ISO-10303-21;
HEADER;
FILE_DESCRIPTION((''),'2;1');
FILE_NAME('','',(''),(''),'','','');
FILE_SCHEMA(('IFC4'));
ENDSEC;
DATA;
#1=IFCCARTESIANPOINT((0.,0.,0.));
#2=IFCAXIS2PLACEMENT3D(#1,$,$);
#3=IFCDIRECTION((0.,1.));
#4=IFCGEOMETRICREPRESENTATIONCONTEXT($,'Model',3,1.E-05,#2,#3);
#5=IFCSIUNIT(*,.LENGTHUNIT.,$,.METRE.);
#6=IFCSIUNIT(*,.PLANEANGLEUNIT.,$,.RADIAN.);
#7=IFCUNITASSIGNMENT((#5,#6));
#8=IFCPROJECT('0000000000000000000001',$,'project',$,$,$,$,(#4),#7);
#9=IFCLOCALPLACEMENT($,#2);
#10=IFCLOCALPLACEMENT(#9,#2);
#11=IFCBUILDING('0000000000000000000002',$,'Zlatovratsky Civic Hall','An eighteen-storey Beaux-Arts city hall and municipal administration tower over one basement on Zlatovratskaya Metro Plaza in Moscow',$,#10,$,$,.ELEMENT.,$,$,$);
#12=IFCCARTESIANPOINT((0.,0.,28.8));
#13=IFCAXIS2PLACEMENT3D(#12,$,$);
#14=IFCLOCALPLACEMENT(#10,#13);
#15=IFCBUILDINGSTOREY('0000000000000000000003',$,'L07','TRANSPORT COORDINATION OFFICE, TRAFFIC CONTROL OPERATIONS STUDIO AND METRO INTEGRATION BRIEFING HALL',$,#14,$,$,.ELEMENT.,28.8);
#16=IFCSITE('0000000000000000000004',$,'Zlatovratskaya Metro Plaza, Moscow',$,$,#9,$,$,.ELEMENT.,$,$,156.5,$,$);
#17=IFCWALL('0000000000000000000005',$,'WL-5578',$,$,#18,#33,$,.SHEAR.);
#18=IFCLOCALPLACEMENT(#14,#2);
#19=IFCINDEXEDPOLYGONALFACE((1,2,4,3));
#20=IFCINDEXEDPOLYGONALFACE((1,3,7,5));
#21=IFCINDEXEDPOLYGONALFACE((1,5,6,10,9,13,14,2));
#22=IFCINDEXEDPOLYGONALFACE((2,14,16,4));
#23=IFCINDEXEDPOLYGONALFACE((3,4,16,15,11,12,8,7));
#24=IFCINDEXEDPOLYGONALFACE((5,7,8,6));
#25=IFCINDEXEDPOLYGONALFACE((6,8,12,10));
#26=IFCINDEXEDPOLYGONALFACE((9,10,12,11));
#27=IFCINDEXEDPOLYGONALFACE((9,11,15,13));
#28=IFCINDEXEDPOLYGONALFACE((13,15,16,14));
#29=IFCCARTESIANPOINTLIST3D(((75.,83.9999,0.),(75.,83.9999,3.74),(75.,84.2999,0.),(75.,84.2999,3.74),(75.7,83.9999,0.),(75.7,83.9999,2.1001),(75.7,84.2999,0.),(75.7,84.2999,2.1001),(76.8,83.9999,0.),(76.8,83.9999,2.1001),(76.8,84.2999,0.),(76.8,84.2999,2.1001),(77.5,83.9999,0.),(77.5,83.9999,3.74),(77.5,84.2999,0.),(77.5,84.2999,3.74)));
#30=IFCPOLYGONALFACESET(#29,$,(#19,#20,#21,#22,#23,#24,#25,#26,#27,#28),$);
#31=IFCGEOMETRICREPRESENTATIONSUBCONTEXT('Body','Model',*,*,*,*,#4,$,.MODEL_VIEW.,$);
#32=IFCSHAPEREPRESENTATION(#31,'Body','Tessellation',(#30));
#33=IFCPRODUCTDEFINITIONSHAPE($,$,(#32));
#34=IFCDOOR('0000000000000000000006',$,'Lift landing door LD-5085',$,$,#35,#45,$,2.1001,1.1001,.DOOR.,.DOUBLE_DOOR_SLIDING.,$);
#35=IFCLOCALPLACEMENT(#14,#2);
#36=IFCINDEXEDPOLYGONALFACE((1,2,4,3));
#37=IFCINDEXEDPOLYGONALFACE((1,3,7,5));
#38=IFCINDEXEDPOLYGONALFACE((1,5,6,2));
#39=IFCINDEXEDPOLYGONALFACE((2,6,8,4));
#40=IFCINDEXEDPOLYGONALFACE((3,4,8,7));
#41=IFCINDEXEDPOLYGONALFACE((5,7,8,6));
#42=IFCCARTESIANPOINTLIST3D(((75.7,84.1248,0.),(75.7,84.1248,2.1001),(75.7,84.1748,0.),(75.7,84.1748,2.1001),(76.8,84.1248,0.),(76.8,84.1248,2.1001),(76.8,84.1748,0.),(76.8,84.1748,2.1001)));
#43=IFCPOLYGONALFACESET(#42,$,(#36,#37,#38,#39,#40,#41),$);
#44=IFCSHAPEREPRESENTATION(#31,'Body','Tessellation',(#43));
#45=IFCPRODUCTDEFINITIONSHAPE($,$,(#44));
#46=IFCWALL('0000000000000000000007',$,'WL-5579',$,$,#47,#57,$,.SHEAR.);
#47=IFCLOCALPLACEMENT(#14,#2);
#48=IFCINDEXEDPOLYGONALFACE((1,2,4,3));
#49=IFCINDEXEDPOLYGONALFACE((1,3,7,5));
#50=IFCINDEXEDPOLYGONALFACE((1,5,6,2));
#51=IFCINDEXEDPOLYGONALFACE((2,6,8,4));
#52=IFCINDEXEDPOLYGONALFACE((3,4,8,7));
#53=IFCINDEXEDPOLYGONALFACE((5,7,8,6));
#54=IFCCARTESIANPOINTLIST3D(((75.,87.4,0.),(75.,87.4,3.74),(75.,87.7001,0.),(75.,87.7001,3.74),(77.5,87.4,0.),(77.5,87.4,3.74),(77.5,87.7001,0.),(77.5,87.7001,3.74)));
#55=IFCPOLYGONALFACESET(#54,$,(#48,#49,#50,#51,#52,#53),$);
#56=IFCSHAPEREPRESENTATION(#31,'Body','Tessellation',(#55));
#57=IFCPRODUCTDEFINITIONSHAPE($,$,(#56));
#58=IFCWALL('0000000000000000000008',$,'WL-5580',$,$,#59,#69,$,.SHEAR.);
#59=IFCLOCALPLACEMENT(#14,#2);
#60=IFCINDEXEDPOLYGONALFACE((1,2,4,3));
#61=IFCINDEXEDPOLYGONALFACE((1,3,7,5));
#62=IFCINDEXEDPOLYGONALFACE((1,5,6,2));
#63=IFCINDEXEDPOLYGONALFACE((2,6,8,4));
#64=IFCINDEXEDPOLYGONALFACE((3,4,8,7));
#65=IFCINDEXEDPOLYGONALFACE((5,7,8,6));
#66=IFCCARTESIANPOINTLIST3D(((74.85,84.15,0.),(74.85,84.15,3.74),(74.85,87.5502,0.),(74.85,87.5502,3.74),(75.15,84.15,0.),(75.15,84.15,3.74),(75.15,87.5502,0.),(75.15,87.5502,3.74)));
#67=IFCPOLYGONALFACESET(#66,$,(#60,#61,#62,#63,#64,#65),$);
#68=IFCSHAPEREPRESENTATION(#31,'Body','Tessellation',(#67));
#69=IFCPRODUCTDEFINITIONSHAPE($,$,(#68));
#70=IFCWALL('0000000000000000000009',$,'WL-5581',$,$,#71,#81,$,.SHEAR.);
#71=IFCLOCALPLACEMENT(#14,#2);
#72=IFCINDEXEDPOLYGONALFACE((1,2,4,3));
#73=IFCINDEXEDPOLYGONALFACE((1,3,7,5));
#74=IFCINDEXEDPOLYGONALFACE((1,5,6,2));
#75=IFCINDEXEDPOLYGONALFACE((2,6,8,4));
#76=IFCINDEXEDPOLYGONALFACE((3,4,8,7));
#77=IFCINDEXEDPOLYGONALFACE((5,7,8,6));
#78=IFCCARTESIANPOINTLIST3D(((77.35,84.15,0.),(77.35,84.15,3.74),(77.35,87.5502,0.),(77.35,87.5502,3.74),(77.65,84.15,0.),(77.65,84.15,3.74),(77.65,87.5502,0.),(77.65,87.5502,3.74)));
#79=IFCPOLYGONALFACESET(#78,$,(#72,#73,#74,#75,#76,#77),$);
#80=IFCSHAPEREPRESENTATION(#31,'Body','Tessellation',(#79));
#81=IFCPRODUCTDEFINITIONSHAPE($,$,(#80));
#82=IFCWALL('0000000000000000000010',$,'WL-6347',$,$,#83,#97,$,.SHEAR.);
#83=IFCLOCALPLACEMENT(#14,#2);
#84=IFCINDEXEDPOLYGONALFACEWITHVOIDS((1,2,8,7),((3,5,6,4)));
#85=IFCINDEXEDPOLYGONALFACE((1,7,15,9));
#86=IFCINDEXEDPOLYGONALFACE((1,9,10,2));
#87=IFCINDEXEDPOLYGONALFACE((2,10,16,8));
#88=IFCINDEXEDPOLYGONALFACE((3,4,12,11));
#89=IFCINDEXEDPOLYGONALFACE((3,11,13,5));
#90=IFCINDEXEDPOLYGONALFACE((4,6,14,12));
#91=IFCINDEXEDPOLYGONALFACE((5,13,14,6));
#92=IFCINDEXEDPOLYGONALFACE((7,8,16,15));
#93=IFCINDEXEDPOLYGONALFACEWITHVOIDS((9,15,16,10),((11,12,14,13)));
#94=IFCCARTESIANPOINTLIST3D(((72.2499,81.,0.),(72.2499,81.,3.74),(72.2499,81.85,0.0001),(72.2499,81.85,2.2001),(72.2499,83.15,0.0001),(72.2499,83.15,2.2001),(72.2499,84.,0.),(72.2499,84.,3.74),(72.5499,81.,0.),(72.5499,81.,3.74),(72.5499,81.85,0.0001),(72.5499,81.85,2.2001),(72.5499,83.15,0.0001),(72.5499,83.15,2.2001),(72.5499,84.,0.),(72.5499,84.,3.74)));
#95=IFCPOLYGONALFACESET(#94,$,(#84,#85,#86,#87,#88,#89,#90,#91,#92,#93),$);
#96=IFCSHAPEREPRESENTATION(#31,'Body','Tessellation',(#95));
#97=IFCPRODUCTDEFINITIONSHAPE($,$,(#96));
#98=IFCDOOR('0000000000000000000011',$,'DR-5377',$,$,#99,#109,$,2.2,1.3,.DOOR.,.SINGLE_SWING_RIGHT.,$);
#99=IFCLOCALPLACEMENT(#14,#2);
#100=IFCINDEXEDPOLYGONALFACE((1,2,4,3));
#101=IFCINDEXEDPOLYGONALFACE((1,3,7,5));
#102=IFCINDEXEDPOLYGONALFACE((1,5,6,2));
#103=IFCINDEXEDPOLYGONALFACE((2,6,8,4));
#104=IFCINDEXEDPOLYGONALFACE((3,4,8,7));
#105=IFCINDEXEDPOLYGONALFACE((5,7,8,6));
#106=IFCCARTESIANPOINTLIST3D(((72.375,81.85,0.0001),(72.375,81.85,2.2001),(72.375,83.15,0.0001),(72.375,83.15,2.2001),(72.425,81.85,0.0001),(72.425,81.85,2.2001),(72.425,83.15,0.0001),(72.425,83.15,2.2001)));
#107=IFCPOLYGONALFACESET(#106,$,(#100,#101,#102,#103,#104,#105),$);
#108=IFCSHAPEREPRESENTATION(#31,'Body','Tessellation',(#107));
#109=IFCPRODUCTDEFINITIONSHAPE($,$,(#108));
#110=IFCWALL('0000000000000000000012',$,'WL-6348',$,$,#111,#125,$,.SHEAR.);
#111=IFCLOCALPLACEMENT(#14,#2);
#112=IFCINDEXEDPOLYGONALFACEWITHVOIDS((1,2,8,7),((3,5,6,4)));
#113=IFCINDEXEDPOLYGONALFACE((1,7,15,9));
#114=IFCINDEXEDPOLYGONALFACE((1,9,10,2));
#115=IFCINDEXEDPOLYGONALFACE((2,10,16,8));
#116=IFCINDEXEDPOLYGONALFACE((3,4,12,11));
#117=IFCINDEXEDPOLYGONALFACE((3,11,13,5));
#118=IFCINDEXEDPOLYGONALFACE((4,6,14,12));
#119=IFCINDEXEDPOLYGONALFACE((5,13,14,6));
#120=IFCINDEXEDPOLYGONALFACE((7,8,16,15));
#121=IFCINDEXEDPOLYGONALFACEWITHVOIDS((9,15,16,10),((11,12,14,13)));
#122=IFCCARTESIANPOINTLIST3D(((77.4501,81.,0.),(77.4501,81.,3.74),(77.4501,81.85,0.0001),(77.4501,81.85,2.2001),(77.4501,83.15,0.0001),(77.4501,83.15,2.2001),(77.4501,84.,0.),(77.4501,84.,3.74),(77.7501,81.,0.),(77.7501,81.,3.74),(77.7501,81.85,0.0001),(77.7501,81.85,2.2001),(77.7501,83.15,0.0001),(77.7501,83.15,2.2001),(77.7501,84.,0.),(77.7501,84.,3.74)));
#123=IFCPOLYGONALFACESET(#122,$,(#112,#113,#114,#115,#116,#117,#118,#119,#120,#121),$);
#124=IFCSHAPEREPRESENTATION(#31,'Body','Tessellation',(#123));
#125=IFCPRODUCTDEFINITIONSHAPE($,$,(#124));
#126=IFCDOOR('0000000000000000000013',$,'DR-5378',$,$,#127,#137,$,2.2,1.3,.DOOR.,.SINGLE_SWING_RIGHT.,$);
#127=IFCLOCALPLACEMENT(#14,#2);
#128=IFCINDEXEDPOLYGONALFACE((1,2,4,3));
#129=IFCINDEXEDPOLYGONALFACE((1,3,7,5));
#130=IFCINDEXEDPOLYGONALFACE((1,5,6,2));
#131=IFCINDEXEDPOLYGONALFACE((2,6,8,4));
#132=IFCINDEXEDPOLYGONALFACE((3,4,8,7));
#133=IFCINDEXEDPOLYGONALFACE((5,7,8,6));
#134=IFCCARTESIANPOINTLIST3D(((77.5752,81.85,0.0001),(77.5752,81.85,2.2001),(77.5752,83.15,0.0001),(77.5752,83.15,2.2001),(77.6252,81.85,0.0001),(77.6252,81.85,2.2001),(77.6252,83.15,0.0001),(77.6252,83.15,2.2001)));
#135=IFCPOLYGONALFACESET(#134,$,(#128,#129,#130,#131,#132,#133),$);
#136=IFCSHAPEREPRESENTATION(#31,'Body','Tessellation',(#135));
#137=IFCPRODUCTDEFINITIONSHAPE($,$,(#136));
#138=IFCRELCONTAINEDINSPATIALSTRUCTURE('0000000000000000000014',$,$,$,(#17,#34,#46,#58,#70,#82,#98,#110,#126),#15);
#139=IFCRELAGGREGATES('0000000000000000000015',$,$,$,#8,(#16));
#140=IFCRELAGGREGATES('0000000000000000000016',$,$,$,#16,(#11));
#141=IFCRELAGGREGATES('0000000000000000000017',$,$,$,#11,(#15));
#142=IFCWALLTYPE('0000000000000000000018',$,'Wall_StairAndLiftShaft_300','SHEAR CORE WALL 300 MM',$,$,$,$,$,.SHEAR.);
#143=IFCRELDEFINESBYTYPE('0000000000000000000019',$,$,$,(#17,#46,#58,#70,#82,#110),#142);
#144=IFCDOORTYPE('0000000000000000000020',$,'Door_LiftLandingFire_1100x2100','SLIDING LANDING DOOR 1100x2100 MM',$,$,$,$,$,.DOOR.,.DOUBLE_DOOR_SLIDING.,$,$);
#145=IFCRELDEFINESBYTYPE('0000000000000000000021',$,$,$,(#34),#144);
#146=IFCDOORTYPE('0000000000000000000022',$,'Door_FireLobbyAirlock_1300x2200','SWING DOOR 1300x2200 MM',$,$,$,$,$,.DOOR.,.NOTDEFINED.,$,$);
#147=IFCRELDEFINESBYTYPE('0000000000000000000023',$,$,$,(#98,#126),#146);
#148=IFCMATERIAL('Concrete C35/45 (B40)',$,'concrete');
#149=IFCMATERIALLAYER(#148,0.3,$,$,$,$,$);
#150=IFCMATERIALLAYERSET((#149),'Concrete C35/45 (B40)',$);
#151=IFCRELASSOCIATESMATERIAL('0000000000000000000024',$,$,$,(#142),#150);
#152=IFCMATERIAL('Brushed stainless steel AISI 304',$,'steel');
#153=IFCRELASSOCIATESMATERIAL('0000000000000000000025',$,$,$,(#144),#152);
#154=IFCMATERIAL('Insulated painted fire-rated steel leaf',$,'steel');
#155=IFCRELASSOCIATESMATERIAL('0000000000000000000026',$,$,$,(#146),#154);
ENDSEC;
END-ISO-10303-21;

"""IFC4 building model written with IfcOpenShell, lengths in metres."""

from ifc_helpers import new_model, si_unit, direction, frame, frame_2d, origin, place, context, subcontext, project, spatial, rectangle, extrude, material, layer, layer_set, type_object, element, fill, save


model = new_model("IFC4")

# Units and contexts
model_context = context("Model", 3, precision=1e-05, world=origin(), true_north=direction((0.0, 1.0)))
body_context = subcontext(model_context, "Body", "Model", "MODEL_VIEW")
ifc_project = project(units=[si_unit("LENGTHUNIT", "METRE"), si_unit("PLANEANGLEUNIT", "RADIAN")], contexts=[model_context])

# Site, building, storey
site_placement = place(None, origin())
site = spatial("IfcSite", under=ifc_project, at=site_placement, Name="Zlatovratskaya Metro Plaza, Moscow", CompositionType="ELEMENT", RefElevation=156.5)
building_placement = place(site_placement, origin())
building = spatial("IfcBuilding", under=site, at=building_placement, Name="Zlatovratsky Civic Hall", Description="An eighteen-storey Beaux-Arts city hall and municipal administration tower over one basement on Zlatovratskaya Metro Plaza in Moscow", CompositionType="ELEMENT")
storey_placement = place(building_placement, frame((0.0, 0.0, 28.8)))
storey = spatial("IfcBuildingStorey", under=building, at=storey_placement, Name="L07", Description="TRANSPORT COORDINATION OFFICE, TRAFFIC CONTROL OPERATIONS STUDIO AND METRO INTEGRATION BRIEFING HALL", CompositionType="ELEMENT", Elevation=28.8)

# Shared definitions
ifc_material_1 = material(Name="Concrete C35/45 (B40)", Category="concrete")

# Shared definitions
ifc_layer_1 = layer(ifc_material_1, 0.3)
ifc_layer_set_1 = layer_set([ifc_layer_1], Name="Concrete C35/45 (B40)")
wall_type_1 = type_object("IfcWallType", Name="Wall_StairAndLiftShaft_300", Description="SHEAR CORE WALL 300 MM", PredefinedType="SHEAR", material=ifc_layer_set_1)

# Shared definitions
ifc_material_2 = material(Name="Brushed stainless steel AISI 304", Category="steel")
door_type_1 = type_object("IfcDoorType", Name="Door_LiftLandingFire_1100x2100", Description="SLIDING LANDING DOOR 1100x2100 MM", OperationType="DOUBLE_DOOR_SLIDING", PredefinedType="DOOR", material=ifc_material_2)

# Wall, opening, door
wall_1_placement = place(storey_placement, frame((75.0, 84.1499, 0.0), z_axis=(0.0, 0.0, 1.0), x_axis=(1.0, 0.0, 0.0)))
wall_1 = element("IfcWall", 1, at=wall_1_placement, inside=storey, type_object=wall_type_1, Name="WL-5578", PredefinedType="SHEAR", context=body_context, shape_type="SweptSolid", body=[
    extrude(rectangle(XDim=2.5, YDim=0.3, at=frame_2d((1.25, 0.0))), origin(), (0.0, 0.0, 1.0), 3.74),
])
opening_1_placement = place(wall_1_placement, frame((0.7, 0.0, 0.0)))
opening_1 = element("IfcOpeningElement", 2, at=opening_1_placement, cuts=wall_1, PredefinedType="OPENING", context=body_context, shape_type="SweptSolid", body=[
    extrude(rectangle(XDim=1.1001, YDim=2.1001, at=frame_2d((0.55, 1.05))), frame((0.0, 0.165, 0.0), z_axis=(0.0, -1.0, 0.0), x_axis=(1.0, 0.0, 0.0)), (0.0, 0.0, 1.0), 0.3298),
])
door_1_placement = place(opening_1_placement, origin())
door_1 = element("IfcDoor", 3, at=door_1_placement, inside=storey, type_object=door_type_1, Name="Lift landing door LD-5085", OperationType="DOUBLE_DOOR_SLIDING", OverallHeight=2.1001, OverallWidth=1.1001, PredefinedType="DOOR", context=body_context, shape_type="SweptSolid", body=[
    extrude(rectangle(XDim=1.1001, YDim=2.1001, at=frame_2d((0.55, 1.05))), frame((0.0, 0.0249, 0.0), z_axis=(0.0, -1.0, 0.0), x_axis=(1.0, 0.0, 0.0)), (0.0, 0.0, 1.0), 0.05),
])
fill(opening_1, door_1)

# Walls
wall_2_placement = place(storey_placement, frame((75.0, 87.55, 0.0), z_axis=(0.0, 0.0, 1.0), x_axis=(1.0, 0.0, 0.0)))
element("IfcWall", 4, at=wall_2_placement, inside=storey, type_object=wall_type_1, Name="WL-5579", PredefinedType="SHEAR", context=body_context, shape_type="SweptSolid", body=[
    extrude(rectangle(XDim=2.5, YDim=0.3, at=frame_2d((1.25, 0.0))), origin(), (0.0, 0.0, 1.0), 3.74),
])
for number, where, z_axis, x_axis, name in (
    (5, (75.0, 84.1499, 0.0), (0.0, 0.0, 1.0), (0.0, 1.0, 0.0), "WL-5580"),
    (6, (77.5, 84.1499, 0.0), (0.0, 0.0, 1.0), (0.0, 1.0, 0.0), "WL-5581"),
):
    element("IfcWall", number, at=place(storey_placement, frame(where, z_axis=z_axis, x_axis=x_axis)), inside=storey, type_object=wall_type_1, Name=name, PredefinedType="SHEAR", context=body_context, shape_type="SweptSolid", body=[
        extrude(rectangle(XDim=3.4001, YDim=0.3, at=frame_2d((1.7002, 0.0))), origin(), (0.0, 0.0, 1.0), 3.74),
    ])

# Walls, openings, doors
wall_3_placement = place(storey_placement, frame((72.3999, 81.0, 0.0), z_axis=(0.0, 0.0, 1.0), x_axis=(0.0, 1.0, 0.0)))
wall_3 = element("IfcWall", 7, at=wall_3_placement, inside=storey, type_object=wall_type_1, Name="WL-6347", PredefinedType="SHEAR", context=body_context, shape_type="SweptSolid", body=[
    extrude(rectangle(XDim=3.0, YDim=0.3, at=frame_2d((1.5, 0.0))), origin(), (0.0, 0.0, 1.0), 3.74),
])
opening_2_placement = place(wall_3_placement, frame((0.8501, 0.0, 0.0)))
opening_2 = element("IfcOpeningElement", 8, at=opening_2_placement, cuts=wall_3, PredefinedType="OPENING", context=body_context, shape_type="SweptSolid", body=[
    extrude(rectangle(XDim=1.3, YDim=2.2, at=frame_2d((0.6499, 1.1001))), frame((0.0, 0.165, 0.0), z_axis=(0.0, -1.0, 0.0), x_axis=(1.0, 0.0, 0.0)), (0.0, 0.0, 1.0), 0.3298),
])
ifc_material_3 = material(Name="Insulated painted fire-rated steel leaf", Category="steel")
door_type_2 = type_object("IfcDoorType", Name="Door_FireLobbyAirlock_1300x2200", Description="SWING DOOR 1300x2200 MM", OperationType="NOTDEFINED", PredefinedType="DOOR", material=ifc_material_3)
door_2_placement = place(opening_2_placement, origin())
door_2 = element("IfcDoor", 9, at=door_2_placement, inside=storey, type_object=door_type_2, Name="DR-5377", OperationType="SINGLE_SWING_RIGHT", OverallHeight=2.2, OverallWidth=1.3, PredefinedType="DOOR", context=body_context, shape_type="SweptSolid", body=[
    extrude(rectangle(XDim=1.3, YDim=2.2, at=frame_2d((0.6499, 1.1001))), frame((0.0, 0.0249, 0.0), z_axis=(0.0, -1.0, 0.0), x_axis=(1.0, 0.0, 0.0)), (0.0, 0.0, 1.0), 0.05),
])
fill(opening_2, door_2)
wall_4_placement = place(storey_placement, frame((77.6001, 81.0, 0.0), z_axis=(0.0, 0.0, 1.0), x_axis=(0.0, 1.0, 0.0)))
wall_4 = element("IfcWall", 10, at=wall_4_placement, inside=storey, type_object=wall_type_1, Name="WL-6348", PredefinedType="SHEAR", context=body_context, shape_type="SweptSolid", body=[
    extrude(rectangle(XDim=3.0, YDim=0.3, at=frame_2d((1.5, 0.0))), origin(), (0.0, 0.0, 1.0), 3.74),
])
opening_3_placement = place(wall_4_placement, frame((0.8501, 0.0, 0.0)))
opening_3 = element("IfcOpeningElement", 11, at=opening_3_placement, cuts=wall_4, PredefinedType="OPENING", context=body_context, shape_type="SweptSolid", body=[
    extrude(rectangle(XDim=1.3, YDim=2.2, at=frame_2d((0.6499, 1.1001))), frame((0.0, 0.165, 0.0), z_axis=(0.0, -1.0, 0.0), x_axis=(1.0, 0.0, 0.0)), (0.0, 0.0, 1.0), 0.3298),
])
door_3_placement = place(opening_3_placement, origin())
door_3 = element("IfcDoor", 12, at=door_3_placement, inside=storey, type_object=door_type_2, Name="DR-5378", OperationType="SINGLE_SWING_RIGHT", OverallHeight=2.2, OverallWidth=1.3, PredefinedType="DOOR", context=body_context, shape_type="SweptSolid", body=[
    extrude(rectangle(XDim=1.3, YDim=2.2, at=frame_2d((0.6499, 1.1001))), frame((0.0, 0.0249, 0.0), z_axis=(0.0, -1.0, 0.0), x_axis=(1.0, 0.0, 0.0)), (0.0, 0.0, 1.0), 0.05),
])
fill(opening_3, door_3)

save(model, "model.ifc")
